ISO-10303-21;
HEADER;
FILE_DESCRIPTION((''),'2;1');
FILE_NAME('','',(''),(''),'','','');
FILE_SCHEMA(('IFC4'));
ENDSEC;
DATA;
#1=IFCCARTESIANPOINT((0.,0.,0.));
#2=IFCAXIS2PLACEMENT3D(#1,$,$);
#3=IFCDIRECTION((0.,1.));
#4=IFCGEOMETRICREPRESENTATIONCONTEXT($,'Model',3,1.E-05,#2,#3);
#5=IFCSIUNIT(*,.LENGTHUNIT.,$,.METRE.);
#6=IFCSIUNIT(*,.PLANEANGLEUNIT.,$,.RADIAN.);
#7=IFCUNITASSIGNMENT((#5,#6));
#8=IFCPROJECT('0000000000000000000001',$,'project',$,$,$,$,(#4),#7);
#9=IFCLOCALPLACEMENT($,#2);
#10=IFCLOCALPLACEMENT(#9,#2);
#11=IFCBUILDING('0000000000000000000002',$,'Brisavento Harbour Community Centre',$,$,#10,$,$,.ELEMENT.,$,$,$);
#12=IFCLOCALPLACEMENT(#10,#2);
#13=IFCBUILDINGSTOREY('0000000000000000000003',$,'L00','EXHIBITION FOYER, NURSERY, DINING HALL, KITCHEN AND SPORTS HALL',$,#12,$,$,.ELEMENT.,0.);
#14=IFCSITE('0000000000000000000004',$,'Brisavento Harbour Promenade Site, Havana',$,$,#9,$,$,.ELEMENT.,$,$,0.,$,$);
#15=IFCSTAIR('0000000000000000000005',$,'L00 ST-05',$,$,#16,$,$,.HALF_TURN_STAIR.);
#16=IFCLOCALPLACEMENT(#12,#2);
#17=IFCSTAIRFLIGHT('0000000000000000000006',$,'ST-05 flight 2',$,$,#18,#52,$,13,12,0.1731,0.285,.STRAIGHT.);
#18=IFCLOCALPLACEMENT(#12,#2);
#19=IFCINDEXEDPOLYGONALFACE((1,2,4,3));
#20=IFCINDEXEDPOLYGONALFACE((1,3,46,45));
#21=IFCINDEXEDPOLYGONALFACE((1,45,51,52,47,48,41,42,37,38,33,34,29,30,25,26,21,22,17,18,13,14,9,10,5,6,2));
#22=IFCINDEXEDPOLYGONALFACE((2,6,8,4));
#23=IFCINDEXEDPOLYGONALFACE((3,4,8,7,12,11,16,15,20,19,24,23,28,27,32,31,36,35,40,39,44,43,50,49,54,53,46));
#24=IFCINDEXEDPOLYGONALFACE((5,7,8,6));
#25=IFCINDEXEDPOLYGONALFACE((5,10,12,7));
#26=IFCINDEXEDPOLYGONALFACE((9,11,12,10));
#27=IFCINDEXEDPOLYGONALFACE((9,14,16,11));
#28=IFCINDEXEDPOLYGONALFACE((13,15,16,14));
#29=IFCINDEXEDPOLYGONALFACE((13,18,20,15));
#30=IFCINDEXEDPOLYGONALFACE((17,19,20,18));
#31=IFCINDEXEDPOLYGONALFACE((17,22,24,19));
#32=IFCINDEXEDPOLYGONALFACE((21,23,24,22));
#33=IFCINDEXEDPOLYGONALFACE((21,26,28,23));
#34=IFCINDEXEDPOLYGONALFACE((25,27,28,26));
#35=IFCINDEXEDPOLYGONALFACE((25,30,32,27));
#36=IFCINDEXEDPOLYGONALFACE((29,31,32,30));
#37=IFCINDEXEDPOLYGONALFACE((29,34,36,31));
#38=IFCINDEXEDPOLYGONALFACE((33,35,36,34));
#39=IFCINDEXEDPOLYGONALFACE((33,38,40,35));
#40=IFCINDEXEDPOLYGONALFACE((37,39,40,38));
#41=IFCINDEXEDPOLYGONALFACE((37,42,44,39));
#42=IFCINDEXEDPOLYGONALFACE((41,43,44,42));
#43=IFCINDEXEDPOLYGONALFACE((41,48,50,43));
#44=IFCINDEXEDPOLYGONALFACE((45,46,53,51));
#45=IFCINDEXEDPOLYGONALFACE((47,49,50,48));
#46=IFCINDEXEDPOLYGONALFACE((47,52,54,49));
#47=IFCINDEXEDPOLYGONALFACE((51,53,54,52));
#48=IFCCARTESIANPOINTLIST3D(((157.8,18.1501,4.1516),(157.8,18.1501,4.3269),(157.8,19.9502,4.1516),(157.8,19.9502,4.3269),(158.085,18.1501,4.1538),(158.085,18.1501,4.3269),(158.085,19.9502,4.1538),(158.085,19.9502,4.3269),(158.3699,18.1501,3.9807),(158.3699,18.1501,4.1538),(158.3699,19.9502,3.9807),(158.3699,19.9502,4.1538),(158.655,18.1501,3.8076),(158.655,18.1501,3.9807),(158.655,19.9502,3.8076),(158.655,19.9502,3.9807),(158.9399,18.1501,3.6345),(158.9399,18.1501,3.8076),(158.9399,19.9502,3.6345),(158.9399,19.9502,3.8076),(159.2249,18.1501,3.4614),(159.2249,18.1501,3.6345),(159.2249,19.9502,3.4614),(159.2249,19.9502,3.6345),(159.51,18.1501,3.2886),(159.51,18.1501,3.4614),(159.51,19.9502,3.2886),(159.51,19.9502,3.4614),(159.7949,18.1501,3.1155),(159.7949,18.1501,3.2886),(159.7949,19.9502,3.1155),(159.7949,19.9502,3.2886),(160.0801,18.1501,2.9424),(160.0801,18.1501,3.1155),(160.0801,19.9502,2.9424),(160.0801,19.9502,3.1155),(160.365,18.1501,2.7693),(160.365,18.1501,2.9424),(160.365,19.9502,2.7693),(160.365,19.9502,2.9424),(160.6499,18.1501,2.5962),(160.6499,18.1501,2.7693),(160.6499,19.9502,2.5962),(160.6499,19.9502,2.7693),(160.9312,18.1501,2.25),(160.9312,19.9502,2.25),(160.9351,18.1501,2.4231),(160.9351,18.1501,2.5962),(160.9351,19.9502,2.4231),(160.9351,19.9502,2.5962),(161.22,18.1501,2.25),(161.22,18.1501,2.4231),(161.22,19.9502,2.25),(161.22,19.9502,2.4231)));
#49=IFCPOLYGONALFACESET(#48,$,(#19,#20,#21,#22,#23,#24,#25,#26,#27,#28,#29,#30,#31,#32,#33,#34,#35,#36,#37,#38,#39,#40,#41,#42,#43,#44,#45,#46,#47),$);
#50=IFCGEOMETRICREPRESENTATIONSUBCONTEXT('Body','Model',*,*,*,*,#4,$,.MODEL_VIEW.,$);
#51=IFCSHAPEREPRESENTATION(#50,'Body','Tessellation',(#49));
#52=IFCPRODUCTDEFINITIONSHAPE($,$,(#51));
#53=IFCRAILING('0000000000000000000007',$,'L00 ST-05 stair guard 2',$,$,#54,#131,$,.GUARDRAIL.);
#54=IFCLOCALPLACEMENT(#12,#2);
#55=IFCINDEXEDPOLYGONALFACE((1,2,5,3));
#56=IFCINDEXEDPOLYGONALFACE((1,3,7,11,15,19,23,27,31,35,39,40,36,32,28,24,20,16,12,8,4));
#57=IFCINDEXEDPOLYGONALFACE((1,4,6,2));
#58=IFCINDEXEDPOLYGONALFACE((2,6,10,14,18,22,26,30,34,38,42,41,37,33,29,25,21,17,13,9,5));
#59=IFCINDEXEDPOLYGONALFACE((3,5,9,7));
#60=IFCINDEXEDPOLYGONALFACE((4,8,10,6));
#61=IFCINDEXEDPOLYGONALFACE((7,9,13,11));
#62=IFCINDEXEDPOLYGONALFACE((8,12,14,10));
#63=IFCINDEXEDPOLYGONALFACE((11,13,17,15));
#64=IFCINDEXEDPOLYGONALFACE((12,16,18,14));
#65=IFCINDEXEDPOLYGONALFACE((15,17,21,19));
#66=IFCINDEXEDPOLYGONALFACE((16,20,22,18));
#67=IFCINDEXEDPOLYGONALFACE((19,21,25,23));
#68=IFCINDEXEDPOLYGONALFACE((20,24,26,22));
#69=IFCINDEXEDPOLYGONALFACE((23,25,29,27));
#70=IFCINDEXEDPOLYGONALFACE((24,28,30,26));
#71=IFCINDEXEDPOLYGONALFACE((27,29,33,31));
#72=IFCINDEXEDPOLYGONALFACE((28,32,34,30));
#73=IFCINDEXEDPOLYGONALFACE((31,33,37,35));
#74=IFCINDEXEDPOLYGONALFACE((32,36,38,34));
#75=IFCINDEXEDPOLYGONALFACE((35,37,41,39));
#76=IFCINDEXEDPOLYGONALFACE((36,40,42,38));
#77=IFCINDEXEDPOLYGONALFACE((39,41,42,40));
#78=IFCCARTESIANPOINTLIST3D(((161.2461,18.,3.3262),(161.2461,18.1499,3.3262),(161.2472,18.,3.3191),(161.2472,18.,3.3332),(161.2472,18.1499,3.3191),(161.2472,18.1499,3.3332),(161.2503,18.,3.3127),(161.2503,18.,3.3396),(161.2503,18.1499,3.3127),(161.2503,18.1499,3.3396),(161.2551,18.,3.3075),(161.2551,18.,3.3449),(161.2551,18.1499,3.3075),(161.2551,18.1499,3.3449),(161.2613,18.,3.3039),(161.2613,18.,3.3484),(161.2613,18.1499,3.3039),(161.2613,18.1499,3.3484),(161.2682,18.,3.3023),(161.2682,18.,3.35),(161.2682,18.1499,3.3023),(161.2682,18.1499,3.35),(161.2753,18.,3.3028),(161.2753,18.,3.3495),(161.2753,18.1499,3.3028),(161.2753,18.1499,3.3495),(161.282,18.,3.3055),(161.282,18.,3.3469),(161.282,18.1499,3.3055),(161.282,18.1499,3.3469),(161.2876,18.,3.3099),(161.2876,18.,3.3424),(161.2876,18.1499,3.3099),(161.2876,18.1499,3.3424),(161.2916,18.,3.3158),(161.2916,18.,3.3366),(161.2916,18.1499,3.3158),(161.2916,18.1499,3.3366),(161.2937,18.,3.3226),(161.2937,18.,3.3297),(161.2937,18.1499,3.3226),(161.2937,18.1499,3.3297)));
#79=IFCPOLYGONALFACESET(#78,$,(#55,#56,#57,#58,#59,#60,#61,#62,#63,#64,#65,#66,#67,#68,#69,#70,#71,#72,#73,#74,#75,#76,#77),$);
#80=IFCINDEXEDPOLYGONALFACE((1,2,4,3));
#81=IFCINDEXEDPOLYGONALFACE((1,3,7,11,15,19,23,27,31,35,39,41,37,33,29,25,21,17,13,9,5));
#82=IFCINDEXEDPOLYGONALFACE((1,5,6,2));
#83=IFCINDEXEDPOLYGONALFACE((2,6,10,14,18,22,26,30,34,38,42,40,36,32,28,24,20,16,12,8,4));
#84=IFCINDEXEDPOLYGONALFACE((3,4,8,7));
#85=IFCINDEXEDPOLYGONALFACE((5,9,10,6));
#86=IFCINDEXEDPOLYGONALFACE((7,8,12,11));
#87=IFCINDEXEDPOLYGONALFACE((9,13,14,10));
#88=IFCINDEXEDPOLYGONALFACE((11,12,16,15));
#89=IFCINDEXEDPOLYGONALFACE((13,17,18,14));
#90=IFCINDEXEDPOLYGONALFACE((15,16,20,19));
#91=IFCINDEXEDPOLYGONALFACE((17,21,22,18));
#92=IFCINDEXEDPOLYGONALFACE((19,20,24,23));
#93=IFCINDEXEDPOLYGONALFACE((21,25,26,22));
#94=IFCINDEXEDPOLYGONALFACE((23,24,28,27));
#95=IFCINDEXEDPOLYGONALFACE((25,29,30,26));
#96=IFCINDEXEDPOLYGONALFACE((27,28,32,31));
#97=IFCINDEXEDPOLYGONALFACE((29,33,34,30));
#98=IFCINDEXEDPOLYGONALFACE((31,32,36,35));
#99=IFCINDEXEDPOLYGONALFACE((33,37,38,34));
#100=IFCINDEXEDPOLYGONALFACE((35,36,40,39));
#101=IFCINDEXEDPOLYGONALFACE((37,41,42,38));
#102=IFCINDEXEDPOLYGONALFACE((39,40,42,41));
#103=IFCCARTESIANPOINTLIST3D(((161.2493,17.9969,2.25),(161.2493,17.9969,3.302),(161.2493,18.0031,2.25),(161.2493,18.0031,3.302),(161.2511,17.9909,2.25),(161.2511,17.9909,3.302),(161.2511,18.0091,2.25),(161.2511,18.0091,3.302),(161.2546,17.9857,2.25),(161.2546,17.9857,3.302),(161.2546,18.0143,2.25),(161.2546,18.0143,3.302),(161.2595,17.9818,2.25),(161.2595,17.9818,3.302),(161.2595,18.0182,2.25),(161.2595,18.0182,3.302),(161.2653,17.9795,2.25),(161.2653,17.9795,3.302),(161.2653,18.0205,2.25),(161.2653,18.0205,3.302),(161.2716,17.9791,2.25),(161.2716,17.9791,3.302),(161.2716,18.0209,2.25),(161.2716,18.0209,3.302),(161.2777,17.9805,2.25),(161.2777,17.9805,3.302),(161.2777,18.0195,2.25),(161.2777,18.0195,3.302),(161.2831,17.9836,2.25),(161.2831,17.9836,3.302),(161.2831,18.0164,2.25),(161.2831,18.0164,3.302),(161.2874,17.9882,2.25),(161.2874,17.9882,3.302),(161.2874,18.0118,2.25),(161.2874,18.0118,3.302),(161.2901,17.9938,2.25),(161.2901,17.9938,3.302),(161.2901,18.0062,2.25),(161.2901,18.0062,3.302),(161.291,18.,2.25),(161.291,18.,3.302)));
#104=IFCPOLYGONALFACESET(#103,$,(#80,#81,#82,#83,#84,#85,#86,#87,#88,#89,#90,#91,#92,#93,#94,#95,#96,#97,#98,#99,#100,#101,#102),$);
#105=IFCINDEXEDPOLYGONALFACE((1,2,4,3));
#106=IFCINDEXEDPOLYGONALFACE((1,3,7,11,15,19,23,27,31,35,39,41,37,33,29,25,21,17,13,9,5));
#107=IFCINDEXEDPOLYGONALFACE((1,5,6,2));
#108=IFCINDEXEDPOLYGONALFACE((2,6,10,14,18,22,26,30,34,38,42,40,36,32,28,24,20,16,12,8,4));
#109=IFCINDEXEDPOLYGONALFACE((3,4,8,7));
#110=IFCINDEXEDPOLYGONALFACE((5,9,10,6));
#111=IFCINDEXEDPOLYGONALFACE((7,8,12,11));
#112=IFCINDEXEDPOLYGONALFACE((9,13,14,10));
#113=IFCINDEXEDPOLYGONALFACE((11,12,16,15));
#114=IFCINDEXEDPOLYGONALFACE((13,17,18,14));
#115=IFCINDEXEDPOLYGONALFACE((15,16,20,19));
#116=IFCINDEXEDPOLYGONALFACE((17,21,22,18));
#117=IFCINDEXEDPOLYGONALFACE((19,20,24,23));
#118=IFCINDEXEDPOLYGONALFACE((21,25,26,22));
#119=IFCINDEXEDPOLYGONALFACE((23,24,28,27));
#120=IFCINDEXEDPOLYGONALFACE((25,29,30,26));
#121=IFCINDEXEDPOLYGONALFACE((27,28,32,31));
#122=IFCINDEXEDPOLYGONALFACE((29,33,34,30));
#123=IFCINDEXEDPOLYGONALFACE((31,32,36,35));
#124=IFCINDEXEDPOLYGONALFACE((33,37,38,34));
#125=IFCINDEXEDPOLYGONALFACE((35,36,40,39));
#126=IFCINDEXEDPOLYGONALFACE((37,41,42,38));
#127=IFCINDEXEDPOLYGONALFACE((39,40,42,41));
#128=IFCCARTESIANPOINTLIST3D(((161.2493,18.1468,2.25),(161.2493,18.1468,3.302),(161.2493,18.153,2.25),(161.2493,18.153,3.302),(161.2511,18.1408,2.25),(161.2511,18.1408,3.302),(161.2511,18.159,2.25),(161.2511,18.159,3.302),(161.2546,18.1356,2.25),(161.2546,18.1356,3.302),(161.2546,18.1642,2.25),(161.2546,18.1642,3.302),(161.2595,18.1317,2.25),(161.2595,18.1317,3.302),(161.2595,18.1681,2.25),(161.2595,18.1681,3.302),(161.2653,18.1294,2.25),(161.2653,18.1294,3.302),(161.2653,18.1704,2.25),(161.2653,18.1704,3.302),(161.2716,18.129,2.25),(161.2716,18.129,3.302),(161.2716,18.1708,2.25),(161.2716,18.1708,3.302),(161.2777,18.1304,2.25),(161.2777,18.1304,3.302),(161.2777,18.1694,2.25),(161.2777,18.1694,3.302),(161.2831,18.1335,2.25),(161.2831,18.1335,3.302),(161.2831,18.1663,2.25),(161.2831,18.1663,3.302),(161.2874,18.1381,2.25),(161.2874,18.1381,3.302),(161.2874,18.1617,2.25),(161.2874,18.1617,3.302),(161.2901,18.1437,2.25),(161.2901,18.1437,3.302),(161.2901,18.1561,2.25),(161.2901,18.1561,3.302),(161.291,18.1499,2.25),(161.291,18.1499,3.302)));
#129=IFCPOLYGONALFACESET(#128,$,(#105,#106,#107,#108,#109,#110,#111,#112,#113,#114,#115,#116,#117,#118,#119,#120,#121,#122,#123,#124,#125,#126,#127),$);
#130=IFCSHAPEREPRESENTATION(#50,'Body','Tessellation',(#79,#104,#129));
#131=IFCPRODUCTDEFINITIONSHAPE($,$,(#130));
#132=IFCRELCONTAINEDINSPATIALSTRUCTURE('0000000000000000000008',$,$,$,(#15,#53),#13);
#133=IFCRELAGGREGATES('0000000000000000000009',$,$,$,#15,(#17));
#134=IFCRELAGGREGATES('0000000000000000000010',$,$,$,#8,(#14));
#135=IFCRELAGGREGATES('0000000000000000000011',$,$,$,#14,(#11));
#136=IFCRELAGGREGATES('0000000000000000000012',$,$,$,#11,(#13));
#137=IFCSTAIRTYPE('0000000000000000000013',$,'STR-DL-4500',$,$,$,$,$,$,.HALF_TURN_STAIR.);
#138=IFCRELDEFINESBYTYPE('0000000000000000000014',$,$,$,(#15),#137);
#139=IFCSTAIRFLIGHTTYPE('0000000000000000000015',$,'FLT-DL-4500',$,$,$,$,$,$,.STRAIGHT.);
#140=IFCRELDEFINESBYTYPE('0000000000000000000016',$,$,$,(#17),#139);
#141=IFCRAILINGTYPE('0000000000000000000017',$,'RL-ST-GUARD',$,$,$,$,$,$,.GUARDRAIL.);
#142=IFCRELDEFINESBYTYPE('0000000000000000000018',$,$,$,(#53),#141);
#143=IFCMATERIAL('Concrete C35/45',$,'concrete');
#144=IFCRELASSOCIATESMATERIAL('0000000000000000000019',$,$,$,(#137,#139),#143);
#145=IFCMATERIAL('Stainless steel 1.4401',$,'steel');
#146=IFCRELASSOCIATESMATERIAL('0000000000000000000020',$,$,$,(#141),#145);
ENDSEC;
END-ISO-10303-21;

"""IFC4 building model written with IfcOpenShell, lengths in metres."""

from ifc_helpers import new_model, si_unit, direction, frame, origin, origin_2d, place, context, subcontext, project, spatial, polyline, circle, outline, extrude, material, type_object, element, aggregate, save


model = new_model("IFC4")

# Units and contexts
model_context = context("Model", 3, precision=1e-05, world=origin(), true_north=direction((0.0, 1.0)))
body_context = subcontext(model_context, "Body", "Model", "MODEL_VIEW")
ifc_project = project(units=[si_unit("LENGTHUNIT", "METRE"), si_unit("PLANEANGLEUNIT", "RADIAN")], contexts=[model_context])

# Site, building, storey
site_placement = place(None, origin())
site = spatial("IfcSite", under=ifc_project, at=site_placement, Name="Brisavento Harbour Promenade Site, Havana", CompositionType="ELEMENT", RefElevation=0.0)
building_placement = place(site_placement, origin())
building = spatial("IfcBuilding", under=site, at=building_placement, Name="Brisavento Harbour Community Centre", CompositionType="ELEMENT")
storey_placement = place(building_placement, origin())
storey = spatial("IfcBuildingStorey", under=building, at=storey_placement, Name="L00", Description="EXHIBITION FOYER, NURSERY, DINING HALL, KITCHEN AND SPORTS HALL", CompositionType="ELEMENT", Elevation=0.0)

# Shared definitions
ifc_material_1 = material(Name="Concrete C35/45", Category="concrete")

# Stair, stair flight
stair_type = type_object("IfcStairType", Name="STR-DL-4500", PredefinedType="HALF_TURN_STAIR", material=ifc_material_1)
stair_placement = place(storey_placement, origin())
stair = element("IfcStair", 1, at=stair_placement, inside=storey, type_object=stair_type, Name="L00 ST-05", PredefinedType="HALF_TURN_STAIR")
stair_flight_type = type_object("IfcStairFlightType", Name="FLT-DL-4500", PredefinedType="STRAIGHT", material=ifc_material_1)
stair_flight_placement = place(storey_placement, frame((161.22, 19.05, 2.25), z_axis=(0.0, 0.0, 1.0), x_axis=(-1.0, 0.0, 0.0)))
stair_flight = element("IfcStairFlight", 2, at=stair_flight_placement, type_object=stair_flight_type, Name="ST-05 flight 2", NumberOfRisers=13, NumberOfTreads=12, PredefinedType="STRAIGHT", RiserHeight=0.1731, TreadLength=0.285, context=body_context, shape_type="SweptSolid", body=[
    extrude(outline(polyline([(0.0, 0.0), (0.0, 0.1731), (0.2849, 0.1731), (0.2849, 0.3462), (0.5701, 0.3462), (0.5701, 0.5193), (0.855, 0.5193), (0.855, 0.6924), (1.1399, 0.6924), (1.1399, 0.8655), (1.425, 0.8655), (1.425, 1.0386), (1.71, 1.0386), (1.71, 1.2114), (1.9951, 1.2114), (1.9951, 1.3845), (2.28, 1.3845), (2.28, 1.5576), (2.5649, 1.5576), (2.5649, 1.7307), (2.8501, 1.7307), (2.8501, 1.9038), (3.135, 1.9038), (3.135, 2.0769), (3.4199, 2.0769), (3.4199, 2.25), (3.4199, 1.9016), (0.2888, 0.0), (0.0, 0.0)])), frame((0.0, 0.8999, 0.0), z_axis=(0.0, -1.0, 0.0), x_axis=(1.0, 0.0, 0.0)), (0.0, 0.0, 1.0), 1.8),
])
aggregate(stair, [stair_flight])

# Railing
ifc_material_2 = material(Name="Stainless steel 1.4401", Category="steel")
railing_type_1 = type_object("IfcRailingType", Name="RL-ST-GUARD", PredefinedType="GUARDRAIL", material=ifc_material_2)
railing_1_placement = place(storey_placement, frame((161.27, 18.0, 2.25)))
element("IfcRailing", 3, at=railing_1_placement, inside=storey, type_object=railing_type_1, Name="L00 ST-05 stair guard 2", PredefinedType="GUARDRAIL", context=body_context, shape_type="SweptSolid", body=[
    extrude(circle(Radius=0.0239, at=origin_2d()), frame((0.0, 0.0, 1.0762), z_axis=(0.0, 1.0, 0.0), x_axis=(-1.0, 0.0, 0.0)), (0.0, 0.0, 1.0), 0.1499),
    extrude(circle(Radius=0.021, at=origin_2d()), origin(), (0.0, 0.0, 1.0), 1.052),
    extrude(circle(Radius=0.021, at=origin_2d()), frame((0.0, 0.1499, 0.0)), (0.0, 0.0, 1.0), 1.052),
])

save(model, "model.ifc")
